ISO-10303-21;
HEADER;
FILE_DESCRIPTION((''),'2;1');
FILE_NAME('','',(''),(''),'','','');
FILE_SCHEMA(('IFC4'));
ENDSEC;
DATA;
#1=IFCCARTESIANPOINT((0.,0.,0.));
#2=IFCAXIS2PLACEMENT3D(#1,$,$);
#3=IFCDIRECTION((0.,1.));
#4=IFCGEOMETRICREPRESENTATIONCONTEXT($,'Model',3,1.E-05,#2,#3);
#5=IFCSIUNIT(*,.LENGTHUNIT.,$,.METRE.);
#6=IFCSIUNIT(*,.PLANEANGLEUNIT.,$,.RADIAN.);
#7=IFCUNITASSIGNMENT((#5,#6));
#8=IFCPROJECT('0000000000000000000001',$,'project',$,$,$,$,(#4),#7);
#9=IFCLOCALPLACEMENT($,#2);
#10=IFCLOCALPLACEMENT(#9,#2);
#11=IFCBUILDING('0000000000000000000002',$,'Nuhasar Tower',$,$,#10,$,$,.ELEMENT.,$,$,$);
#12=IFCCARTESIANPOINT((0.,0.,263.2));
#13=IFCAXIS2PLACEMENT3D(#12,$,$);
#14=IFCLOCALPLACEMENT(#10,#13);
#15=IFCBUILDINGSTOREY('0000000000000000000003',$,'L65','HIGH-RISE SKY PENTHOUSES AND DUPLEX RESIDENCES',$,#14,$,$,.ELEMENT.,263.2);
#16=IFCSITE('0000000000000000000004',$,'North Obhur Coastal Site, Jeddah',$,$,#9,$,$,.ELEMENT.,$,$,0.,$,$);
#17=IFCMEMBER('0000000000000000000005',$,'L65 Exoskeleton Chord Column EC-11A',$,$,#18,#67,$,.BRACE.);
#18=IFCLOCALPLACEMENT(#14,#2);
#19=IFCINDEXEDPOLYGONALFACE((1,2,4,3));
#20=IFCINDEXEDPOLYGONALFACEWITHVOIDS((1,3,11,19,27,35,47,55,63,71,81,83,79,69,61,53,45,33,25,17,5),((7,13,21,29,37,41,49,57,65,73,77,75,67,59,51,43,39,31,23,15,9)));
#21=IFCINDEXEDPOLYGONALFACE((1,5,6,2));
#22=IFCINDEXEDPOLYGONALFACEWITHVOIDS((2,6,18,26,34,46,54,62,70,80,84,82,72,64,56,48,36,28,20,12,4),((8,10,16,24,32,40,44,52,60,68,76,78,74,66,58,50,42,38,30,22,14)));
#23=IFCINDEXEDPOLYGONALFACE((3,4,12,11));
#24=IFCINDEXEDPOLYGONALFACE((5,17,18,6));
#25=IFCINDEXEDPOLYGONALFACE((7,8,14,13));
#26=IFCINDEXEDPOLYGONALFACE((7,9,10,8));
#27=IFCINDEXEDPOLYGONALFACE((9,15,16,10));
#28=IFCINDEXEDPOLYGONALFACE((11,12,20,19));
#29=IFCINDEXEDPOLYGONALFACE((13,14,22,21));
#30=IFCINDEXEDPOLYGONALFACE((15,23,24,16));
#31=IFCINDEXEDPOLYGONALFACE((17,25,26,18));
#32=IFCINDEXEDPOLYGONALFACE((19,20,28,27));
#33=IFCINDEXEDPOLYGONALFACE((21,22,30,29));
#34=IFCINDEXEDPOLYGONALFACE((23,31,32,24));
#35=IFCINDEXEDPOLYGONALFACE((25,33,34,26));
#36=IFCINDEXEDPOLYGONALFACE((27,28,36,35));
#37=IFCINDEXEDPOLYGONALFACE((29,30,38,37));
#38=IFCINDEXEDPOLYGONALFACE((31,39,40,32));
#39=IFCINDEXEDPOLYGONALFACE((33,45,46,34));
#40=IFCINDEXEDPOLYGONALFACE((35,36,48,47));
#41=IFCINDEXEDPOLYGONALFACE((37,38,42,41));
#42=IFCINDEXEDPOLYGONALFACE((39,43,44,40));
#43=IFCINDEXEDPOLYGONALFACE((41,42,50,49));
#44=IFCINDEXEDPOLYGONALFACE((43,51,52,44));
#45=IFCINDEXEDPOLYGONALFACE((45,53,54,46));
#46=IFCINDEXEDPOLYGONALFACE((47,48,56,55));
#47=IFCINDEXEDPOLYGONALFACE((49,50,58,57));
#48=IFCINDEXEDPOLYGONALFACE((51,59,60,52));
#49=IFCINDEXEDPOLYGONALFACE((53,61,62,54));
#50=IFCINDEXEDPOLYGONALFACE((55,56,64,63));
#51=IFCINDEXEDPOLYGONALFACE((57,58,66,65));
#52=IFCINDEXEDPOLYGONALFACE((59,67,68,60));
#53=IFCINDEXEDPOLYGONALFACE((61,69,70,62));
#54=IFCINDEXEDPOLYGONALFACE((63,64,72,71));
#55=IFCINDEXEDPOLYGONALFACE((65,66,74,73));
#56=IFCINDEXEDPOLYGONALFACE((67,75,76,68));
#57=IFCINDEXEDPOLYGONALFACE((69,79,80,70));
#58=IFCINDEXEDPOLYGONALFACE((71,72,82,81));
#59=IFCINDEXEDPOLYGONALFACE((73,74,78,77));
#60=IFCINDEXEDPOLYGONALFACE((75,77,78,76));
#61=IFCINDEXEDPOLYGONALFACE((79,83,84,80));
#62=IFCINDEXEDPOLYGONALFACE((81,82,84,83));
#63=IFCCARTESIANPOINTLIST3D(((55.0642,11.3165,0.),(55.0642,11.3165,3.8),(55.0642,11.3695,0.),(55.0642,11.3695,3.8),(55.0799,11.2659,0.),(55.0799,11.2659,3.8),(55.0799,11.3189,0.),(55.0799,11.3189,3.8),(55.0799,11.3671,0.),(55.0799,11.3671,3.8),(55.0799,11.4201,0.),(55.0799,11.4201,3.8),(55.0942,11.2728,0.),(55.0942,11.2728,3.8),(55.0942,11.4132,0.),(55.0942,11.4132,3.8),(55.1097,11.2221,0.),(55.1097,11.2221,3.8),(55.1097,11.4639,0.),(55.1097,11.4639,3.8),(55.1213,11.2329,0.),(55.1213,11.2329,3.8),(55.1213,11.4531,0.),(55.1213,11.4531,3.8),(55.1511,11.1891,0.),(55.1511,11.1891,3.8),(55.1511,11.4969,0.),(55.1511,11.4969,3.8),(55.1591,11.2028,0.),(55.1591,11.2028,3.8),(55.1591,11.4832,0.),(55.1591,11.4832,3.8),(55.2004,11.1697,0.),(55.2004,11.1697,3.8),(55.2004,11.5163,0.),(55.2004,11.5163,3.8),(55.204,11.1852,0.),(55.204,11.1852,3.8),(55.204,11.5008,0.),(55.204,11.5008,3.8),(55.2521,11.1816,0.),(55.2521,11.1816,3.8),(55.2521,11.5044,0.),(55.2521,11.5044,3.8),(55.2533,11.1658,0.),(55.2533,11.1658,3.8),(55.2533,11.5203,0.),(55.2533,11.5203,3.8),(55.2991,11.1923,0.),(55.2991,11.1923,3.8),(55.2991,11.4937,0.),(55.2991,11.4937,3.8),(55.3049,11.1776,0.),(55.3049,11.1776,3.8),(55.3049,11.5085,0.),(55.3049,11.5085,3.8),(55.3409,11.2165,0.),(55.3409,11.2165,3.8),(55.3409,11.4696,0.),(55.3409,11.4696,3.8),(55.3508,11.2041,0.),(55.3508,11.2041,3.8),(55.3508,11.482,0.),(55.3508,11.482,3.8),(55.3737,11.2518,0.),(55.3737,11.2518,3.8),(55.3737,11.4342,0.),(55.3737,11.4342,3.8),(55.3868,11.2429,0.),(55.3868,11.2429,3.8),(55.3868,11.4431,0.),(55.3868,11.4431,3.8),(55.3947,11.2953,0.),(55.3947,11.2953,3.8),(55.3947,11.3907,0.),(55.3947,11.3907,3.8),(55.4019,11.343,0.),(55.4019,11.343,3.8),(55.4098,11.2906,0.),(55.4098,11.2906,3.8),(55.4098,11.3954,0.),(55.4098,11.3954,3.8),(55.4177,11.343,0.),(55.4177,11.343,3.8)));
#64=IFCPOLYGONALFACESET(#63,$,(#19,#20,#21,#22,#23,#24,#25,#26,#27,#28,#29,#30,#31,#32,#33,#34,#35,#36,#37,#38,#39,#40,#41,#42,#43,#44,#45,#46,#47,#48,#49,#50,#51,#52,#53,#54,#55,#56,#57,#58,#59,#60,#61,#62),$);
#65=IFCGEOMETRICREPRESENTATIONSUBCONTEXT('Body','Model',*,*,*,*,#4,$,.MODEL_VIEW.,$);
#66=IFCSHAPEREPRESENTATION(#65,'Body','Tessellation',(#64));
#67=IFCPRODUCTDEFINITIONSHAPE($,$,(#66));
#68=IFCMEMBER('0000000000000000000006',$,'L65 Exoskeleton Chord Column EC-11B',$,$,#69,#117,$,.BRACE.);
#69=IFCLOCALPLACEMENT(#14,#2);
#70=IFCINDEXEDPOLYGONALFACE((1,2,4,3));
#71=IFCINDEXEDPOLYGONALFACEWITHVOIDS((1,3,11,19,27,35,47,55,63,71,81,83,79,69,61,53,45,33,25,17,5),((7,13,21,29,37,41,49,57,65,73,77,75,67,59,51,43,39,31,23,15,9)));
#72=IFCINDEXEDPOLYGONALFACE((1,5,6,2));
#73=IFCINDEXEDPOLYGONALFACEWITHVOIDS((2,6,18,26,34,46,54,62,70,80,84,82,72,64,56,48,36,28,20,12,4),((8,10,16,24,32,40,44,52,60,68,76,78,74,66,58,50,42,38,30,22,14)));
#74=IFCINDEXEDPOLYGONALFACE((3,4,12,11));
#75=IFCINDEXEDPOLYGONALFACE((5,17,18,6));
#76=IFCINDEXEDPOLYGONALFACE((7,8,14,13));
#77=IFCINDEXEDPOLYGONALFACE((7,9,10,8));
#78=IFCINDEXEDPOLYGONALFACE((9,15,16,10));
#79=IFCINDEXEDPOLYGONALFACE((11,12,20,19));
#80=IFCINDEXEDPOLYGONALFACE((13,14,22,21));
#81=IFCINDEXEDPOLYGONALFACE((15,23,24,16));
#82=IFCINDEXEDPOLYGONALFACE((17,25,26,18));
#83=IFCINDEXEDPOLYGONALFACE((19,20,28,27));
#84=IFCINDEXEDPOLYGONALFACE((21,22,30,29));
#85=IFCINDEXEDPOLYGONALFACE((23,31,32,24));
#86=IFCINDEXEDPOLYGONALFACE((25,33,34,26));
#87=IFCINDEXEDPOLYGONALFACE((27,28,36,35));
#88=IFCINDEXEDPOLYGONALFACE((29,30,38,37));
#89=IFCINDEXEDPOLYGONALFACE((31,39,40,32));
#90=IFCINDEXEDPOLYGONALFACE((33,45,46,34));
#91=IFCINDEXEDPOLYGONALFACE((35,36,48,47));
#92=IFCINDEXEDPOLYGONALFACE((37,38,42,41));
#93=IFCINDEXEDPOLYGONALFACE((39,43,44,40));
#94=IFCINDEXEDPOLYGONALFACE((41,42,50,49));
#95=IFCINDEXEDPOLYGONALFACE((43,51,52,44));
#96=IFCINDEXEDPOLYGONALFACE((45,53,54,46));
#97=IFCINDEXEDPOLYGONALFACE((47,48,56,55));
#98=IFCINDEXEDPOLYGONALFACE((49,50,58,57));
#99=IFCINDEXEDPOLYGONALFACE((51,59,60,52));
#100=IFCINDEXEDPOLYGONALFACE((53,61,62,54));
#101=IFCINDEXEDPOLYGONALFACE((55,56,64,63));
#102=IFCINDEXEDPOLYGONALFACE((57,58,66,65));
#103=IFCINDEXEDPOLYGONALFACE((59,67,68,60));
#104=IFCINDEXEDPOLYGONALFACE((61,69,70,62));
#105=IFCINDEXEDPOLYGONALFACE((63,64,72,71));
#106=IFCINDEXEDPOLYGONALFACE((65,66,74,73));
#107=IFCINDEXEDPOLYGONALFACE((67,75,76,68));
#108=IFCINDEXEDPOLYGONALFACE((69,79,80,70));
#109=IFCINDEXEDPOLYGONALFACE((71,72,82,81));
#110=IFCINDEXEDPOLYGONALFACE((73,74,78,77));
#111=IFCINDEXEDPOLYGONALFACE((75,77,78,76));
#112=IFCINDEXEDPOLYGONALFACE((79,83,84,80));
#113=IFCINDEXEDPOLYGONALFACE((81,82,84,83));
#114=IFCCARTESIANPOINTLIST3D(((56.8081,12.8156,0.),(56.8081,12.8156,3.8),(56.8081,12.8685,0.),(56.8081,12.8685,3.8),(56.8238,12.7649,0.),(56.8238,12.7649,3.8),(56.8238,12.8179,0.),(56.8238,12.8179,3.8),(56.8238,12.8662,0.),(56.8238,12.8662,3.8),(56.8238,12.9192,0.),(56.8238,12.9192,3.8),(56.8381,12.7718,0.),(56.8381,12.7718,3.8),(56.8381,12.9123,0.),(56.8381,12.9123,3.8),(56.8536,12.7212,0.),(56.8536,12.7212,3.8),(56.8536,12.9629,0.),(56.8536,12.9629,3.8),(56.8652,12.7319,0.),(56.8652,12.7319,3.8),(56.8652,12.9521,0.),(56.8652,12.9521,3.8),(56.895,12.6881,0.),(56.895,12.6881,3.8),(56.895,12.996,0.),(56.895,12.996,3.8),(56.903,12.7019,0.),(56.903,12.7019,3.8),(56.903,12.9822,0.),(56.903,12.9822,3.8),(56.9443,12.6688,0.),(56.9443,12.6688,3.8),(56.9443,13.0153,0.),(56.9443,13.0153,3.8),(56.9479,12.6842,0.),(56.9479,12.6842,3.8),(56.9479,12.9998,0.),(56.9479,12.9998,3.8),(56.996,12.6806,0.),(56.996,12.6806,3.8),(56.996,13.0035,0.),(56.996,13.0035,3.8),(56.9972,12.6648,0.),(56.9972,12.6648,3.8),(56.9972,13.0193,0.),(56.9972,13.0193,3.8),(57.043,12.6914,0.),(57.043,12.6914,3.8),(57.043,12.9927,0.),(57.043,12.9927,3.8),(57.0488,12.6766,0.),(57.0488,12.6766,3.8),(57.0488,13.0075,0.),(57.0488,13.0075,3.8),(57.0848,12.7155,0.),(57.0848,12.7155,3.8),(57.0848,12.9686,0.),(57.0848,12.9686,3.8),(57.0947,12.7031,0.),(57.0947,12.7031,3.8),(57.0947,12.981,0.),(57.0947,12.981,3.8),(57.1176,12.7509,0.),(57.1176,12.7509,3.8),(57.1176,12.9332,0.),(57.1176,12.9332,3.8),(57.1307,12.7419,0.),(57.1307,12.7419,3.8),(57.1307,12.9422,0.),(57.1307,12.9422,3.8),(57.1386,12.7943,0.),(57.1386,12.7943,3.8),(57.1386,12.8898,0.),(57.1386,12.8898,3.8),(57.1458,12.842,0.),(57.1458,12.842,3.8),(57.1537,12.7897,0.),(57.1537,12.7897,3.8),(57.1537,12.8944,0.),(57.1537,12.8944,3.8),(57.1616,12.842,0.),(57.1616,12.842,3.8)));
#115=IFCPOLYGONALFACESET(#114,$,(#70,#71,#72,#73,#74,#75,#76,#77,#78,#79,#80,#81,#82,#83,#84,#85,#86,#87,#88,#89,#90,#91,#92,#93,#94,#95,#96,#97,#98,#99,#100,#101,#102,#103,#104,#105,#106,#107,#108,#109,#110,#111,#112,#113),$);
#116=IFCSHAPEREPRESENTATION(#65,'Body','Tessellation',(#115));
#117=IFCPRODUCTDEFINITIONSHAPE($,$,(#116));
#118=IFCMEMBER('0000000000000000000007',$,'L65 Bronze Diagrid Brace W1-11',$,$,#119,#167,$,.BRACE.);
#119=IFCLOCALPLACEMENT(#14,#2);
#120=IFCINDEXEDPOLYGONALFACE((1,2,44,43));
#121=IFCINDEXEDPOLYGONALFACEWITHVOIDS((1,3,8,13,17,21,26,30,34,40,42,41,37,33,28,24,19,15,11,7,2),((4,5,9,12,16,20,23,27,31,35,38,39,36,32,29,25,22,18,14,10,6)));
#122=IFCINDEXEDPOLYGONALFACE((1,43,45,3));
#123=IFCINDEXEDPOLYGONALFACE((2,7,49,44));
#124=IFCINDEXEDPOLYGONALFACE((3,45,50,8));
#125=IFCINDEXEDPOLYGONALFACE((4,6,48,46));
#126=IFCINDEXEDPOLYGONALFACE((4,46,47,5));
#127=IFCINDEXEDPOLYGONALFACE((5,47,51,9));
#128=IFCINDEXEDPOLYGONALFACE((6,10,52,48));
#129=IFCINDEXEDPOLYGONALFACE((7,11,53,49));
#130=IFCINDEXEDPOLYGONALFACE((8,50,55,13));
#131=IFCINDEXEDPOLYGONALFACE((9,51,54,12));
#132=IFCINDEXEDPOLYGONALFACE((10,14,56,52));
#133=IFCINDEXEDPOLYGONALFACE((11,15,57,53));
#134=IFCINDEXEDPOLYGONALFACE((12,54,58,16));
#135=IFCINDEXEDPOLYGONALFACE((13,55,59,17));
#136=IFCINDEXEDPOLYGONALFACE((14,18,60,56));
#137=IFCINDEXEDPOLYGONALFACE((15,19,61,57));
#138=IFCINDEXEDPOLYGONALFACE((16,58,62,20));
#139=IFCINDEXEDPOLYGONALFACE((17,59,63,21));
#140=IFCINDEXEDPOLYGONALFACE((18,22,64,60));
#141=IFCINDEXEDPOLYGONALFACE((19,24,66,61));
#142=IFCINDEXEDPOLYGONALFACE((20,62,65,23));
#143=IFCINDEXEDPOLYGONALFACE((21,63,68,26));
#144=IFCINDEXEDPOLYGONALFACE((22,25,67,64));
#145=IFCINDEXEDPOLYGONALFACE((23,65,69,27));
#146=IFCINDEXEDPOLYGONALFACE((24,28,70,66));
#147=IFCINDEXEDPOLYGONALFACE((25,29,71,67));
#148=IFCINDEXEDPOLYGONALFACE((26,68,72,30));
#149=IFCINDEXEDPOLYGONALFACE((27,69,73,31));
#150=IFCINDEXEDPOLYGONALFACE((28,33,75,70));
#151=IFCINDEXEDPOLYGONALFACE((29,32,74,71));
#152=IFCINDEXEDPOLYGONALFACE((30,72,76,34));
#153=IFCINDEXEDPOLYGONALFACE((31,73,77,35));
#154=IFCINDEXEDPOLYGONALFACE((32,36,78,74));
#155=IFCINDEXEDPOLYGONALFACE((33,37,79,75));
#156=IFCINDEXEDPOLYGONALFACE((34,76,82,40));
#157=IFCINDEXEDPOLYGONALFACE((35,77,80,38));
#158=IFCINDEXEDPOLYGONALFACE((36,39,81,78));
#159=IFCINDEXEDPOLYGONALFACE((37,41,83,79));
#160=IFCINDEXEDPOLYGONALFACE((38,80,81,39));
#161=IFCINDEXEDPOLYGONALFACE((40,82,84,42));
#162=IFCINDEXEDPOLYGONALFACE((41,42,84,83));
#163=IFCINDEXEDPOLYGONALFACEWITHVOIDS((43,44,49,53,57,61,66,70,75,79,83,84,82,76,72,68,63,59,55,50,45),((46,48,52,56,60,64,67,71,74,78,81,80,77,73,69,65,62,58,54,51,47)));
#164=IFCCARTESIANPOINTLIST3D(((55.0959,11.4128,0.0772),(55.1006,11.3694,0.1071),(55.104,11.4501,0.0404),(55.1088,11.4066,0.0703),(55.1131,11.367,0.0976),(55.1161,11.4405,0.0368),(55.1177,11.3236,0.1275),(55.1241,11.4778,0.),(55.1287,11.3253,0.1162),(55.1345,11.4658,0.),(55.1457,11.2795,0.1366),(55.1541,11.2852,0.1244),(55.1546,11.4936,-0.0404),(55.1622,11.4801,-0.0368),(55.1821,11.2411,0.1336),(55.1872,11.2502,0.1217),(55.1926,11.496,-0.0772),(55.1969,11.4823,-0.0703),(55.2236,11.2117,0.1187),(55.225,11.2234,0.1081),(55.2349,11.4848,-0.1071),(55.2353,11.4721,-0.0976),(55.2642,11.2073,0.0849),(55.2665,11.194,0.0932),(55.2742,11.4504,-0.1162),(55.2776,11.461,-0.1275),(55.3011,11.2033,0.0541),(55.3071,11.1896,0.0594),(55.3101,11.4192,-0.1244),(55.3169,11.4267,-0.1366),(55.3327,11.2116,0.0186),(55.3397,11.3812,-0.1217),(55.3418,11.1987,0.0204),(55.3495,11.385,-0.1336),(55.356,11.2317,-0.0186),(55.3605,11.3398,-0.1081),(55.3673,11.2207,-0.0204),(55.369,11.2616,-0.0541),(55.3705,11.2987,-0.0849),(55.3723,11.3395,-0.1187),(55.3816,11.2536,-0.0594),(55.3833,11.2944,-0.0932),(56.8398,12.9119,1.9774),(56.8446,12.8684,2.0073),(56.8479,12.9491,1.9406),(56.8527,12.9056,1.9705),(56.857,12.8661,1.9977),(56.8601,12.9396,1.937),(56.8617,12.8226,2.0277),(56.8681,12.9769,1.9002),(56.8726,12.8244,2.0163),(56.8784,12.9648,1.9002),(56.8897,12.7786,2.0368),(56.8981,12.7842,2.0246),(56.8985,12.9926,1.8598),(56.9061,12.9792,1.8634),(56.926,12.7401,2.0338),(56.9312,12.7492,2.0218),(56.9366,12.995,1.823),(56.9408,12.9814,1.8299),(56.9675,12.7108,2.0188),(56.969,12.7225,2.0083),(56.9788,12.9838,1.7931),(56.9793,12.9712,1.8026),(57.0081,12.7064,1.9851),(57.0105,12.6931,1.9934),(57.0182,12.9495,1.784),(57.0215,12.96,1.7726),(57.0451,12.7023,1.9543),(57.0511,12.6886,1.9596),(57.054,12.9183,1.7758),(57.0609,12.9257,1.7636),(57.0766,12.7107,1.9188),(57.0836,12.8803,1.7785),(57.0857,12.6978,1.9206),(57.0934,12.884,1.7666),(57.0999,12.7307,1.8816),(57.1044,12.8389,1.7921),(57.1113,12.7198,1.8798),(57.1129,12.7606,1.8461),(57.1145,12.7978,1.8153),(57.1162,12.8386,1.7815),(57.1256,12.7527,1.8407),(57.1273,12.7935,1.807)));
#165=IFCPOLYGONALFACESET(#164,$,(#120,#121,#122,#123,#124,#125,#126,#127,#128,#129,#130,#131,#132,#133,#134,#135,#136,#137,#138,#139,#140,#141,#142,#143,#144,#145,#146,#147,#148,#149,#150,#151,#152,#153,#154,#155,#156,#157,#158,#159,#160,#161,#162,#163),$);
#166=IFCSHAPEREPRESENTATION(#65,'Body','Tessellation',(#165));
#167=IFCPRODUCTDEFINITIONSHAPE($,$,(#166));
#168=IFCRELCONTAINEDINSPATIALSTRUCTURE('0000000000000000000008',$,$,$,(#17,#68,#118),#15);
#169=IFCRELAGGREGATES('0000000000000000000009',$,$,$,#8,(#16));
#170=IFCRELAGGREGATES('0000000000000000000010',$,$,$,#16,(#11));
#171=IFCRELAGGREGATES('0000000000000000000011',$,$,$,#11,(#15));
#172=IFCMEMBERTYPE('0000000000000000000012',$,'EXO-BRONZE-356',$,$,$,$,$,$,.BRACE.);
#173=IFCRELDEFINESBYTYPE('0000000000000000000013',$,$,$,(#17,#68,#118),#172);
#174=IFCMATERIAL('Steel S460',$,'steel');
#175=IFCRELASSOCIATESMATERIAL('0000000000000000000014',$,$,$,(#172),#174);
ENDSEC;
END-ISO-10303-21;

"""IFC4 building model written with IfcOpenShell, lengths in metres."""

from ifc_helpers import new_model, si_unit, direction, frame, origin, origin_2d, place, context, subcontext, project, spatial, hollow_circle, extrude, material, material_profile, profile_set, type_object, element, save


model = new_model("IFC4")

# Units and contexts
model_context = context("Model", 3, precision=1e-05, world=origin(), true_north=direction((0.0, 1.0)))
body_context = subcontext(model_context, "Body", "Model", "MODEL_VIEW")
ifc_project = project(units=[si_unit("LENGTHUNIT", "METRE"), si_unit("PLANEANGLEUNIT", "RADIAN")], contexts=[model_context])

# Site, building, storey
site_placement = place(None, origin())
site = spatial("IfcSite", under=ifc_project, at=site_placement, Name="North Obhur Coastal Site, Jeddah", CompositionType="ELEMENT", RefElevation=0.0)
building_placement = place(site_placement, origin())
building = spatial("IfcBuilding", under=site, at=building_placement, Name="Nuhasar Tower", CompositionType="ELEMENT")
storey_placement = place(building_placement, frame((0.0, 0.0, 263.2)))
storey = spatial("IfcBuildingStorey", under=building, at=storey_placement, Name="L65", Description="HIGH-RISE SKY PENTHOUSES AND DUPLEX RESIDENCES", CompositionType="ELEMENT", Elevation=263.2)

# Members
ifc_material_1 = material(Name="Steel S460", Category="steel")
ifc_material_profile_1 = material_profile(ifc_material_1, hollow_circle(Radius=0.1777, WallThickness=0.0159, at=origin_2d()), Name="HSS355.6X15.9")
ifc_profile_set_1 = profile_set([ifc_material_profile_1], Name="Steel S460")
member_type_1 = type_object("IfcMemberType", Name="EXO-BRONZE-356", PredefinedType="BRACE", material=ifc_profile_set_1)
for number, where, z_axis, x_axis, name in (
    (1, (55.24, 11.343, 0.0), (0.0, 0.0, 1.0), (1.0, 0.0, 0.0), "L65 Exoskeleton Chord Column EC-11A"),
    (2, (56.9839, 12.842, 0.0), (0.0, 0.0, 1.0), (1.0, 0.0, 0.0), "L65 Exoskeleton Chord Column EC-11B"),
):
    element("IfcMember", number, at=place(storey_placement, frame(where, z_axis=z_axis, x_axis=x_axis)), inside=storey, type_object=member_type_1, Name=name, PredefinedType="BRACE", context=body_context, shape_type="SweptSolid", body=[
        extrude(hollow_circle(Radius=0.1777, WallThickness=0.0159, at=origin_2d()), origin(), (0.0, 0.0, 1.0), 3.8),
    ])
member_1_placement = place(storey_placement, frame((55.24, 11.343, 0.0), z_axis=(0.584595, 0.502508, 0.636973), x_axis=(-0.651857, 0.758342, 0.0)))
element("IfcMember", 3, at=member_1_placement, inside=storey, type_object=member_type_1, Name="L65 Bronze Diagrid Brace W1-11", PredefinedType="BRACE", context=body_context, shape_type="SweptSolid", body=[
    extrude(hollow_circle(Radius=0.1777, WallThickness=0.0159, at=origin_2d()), origin(), (0.0, 0.0, 1.0), 2.9832),
])

save(model, "model.ifc")
